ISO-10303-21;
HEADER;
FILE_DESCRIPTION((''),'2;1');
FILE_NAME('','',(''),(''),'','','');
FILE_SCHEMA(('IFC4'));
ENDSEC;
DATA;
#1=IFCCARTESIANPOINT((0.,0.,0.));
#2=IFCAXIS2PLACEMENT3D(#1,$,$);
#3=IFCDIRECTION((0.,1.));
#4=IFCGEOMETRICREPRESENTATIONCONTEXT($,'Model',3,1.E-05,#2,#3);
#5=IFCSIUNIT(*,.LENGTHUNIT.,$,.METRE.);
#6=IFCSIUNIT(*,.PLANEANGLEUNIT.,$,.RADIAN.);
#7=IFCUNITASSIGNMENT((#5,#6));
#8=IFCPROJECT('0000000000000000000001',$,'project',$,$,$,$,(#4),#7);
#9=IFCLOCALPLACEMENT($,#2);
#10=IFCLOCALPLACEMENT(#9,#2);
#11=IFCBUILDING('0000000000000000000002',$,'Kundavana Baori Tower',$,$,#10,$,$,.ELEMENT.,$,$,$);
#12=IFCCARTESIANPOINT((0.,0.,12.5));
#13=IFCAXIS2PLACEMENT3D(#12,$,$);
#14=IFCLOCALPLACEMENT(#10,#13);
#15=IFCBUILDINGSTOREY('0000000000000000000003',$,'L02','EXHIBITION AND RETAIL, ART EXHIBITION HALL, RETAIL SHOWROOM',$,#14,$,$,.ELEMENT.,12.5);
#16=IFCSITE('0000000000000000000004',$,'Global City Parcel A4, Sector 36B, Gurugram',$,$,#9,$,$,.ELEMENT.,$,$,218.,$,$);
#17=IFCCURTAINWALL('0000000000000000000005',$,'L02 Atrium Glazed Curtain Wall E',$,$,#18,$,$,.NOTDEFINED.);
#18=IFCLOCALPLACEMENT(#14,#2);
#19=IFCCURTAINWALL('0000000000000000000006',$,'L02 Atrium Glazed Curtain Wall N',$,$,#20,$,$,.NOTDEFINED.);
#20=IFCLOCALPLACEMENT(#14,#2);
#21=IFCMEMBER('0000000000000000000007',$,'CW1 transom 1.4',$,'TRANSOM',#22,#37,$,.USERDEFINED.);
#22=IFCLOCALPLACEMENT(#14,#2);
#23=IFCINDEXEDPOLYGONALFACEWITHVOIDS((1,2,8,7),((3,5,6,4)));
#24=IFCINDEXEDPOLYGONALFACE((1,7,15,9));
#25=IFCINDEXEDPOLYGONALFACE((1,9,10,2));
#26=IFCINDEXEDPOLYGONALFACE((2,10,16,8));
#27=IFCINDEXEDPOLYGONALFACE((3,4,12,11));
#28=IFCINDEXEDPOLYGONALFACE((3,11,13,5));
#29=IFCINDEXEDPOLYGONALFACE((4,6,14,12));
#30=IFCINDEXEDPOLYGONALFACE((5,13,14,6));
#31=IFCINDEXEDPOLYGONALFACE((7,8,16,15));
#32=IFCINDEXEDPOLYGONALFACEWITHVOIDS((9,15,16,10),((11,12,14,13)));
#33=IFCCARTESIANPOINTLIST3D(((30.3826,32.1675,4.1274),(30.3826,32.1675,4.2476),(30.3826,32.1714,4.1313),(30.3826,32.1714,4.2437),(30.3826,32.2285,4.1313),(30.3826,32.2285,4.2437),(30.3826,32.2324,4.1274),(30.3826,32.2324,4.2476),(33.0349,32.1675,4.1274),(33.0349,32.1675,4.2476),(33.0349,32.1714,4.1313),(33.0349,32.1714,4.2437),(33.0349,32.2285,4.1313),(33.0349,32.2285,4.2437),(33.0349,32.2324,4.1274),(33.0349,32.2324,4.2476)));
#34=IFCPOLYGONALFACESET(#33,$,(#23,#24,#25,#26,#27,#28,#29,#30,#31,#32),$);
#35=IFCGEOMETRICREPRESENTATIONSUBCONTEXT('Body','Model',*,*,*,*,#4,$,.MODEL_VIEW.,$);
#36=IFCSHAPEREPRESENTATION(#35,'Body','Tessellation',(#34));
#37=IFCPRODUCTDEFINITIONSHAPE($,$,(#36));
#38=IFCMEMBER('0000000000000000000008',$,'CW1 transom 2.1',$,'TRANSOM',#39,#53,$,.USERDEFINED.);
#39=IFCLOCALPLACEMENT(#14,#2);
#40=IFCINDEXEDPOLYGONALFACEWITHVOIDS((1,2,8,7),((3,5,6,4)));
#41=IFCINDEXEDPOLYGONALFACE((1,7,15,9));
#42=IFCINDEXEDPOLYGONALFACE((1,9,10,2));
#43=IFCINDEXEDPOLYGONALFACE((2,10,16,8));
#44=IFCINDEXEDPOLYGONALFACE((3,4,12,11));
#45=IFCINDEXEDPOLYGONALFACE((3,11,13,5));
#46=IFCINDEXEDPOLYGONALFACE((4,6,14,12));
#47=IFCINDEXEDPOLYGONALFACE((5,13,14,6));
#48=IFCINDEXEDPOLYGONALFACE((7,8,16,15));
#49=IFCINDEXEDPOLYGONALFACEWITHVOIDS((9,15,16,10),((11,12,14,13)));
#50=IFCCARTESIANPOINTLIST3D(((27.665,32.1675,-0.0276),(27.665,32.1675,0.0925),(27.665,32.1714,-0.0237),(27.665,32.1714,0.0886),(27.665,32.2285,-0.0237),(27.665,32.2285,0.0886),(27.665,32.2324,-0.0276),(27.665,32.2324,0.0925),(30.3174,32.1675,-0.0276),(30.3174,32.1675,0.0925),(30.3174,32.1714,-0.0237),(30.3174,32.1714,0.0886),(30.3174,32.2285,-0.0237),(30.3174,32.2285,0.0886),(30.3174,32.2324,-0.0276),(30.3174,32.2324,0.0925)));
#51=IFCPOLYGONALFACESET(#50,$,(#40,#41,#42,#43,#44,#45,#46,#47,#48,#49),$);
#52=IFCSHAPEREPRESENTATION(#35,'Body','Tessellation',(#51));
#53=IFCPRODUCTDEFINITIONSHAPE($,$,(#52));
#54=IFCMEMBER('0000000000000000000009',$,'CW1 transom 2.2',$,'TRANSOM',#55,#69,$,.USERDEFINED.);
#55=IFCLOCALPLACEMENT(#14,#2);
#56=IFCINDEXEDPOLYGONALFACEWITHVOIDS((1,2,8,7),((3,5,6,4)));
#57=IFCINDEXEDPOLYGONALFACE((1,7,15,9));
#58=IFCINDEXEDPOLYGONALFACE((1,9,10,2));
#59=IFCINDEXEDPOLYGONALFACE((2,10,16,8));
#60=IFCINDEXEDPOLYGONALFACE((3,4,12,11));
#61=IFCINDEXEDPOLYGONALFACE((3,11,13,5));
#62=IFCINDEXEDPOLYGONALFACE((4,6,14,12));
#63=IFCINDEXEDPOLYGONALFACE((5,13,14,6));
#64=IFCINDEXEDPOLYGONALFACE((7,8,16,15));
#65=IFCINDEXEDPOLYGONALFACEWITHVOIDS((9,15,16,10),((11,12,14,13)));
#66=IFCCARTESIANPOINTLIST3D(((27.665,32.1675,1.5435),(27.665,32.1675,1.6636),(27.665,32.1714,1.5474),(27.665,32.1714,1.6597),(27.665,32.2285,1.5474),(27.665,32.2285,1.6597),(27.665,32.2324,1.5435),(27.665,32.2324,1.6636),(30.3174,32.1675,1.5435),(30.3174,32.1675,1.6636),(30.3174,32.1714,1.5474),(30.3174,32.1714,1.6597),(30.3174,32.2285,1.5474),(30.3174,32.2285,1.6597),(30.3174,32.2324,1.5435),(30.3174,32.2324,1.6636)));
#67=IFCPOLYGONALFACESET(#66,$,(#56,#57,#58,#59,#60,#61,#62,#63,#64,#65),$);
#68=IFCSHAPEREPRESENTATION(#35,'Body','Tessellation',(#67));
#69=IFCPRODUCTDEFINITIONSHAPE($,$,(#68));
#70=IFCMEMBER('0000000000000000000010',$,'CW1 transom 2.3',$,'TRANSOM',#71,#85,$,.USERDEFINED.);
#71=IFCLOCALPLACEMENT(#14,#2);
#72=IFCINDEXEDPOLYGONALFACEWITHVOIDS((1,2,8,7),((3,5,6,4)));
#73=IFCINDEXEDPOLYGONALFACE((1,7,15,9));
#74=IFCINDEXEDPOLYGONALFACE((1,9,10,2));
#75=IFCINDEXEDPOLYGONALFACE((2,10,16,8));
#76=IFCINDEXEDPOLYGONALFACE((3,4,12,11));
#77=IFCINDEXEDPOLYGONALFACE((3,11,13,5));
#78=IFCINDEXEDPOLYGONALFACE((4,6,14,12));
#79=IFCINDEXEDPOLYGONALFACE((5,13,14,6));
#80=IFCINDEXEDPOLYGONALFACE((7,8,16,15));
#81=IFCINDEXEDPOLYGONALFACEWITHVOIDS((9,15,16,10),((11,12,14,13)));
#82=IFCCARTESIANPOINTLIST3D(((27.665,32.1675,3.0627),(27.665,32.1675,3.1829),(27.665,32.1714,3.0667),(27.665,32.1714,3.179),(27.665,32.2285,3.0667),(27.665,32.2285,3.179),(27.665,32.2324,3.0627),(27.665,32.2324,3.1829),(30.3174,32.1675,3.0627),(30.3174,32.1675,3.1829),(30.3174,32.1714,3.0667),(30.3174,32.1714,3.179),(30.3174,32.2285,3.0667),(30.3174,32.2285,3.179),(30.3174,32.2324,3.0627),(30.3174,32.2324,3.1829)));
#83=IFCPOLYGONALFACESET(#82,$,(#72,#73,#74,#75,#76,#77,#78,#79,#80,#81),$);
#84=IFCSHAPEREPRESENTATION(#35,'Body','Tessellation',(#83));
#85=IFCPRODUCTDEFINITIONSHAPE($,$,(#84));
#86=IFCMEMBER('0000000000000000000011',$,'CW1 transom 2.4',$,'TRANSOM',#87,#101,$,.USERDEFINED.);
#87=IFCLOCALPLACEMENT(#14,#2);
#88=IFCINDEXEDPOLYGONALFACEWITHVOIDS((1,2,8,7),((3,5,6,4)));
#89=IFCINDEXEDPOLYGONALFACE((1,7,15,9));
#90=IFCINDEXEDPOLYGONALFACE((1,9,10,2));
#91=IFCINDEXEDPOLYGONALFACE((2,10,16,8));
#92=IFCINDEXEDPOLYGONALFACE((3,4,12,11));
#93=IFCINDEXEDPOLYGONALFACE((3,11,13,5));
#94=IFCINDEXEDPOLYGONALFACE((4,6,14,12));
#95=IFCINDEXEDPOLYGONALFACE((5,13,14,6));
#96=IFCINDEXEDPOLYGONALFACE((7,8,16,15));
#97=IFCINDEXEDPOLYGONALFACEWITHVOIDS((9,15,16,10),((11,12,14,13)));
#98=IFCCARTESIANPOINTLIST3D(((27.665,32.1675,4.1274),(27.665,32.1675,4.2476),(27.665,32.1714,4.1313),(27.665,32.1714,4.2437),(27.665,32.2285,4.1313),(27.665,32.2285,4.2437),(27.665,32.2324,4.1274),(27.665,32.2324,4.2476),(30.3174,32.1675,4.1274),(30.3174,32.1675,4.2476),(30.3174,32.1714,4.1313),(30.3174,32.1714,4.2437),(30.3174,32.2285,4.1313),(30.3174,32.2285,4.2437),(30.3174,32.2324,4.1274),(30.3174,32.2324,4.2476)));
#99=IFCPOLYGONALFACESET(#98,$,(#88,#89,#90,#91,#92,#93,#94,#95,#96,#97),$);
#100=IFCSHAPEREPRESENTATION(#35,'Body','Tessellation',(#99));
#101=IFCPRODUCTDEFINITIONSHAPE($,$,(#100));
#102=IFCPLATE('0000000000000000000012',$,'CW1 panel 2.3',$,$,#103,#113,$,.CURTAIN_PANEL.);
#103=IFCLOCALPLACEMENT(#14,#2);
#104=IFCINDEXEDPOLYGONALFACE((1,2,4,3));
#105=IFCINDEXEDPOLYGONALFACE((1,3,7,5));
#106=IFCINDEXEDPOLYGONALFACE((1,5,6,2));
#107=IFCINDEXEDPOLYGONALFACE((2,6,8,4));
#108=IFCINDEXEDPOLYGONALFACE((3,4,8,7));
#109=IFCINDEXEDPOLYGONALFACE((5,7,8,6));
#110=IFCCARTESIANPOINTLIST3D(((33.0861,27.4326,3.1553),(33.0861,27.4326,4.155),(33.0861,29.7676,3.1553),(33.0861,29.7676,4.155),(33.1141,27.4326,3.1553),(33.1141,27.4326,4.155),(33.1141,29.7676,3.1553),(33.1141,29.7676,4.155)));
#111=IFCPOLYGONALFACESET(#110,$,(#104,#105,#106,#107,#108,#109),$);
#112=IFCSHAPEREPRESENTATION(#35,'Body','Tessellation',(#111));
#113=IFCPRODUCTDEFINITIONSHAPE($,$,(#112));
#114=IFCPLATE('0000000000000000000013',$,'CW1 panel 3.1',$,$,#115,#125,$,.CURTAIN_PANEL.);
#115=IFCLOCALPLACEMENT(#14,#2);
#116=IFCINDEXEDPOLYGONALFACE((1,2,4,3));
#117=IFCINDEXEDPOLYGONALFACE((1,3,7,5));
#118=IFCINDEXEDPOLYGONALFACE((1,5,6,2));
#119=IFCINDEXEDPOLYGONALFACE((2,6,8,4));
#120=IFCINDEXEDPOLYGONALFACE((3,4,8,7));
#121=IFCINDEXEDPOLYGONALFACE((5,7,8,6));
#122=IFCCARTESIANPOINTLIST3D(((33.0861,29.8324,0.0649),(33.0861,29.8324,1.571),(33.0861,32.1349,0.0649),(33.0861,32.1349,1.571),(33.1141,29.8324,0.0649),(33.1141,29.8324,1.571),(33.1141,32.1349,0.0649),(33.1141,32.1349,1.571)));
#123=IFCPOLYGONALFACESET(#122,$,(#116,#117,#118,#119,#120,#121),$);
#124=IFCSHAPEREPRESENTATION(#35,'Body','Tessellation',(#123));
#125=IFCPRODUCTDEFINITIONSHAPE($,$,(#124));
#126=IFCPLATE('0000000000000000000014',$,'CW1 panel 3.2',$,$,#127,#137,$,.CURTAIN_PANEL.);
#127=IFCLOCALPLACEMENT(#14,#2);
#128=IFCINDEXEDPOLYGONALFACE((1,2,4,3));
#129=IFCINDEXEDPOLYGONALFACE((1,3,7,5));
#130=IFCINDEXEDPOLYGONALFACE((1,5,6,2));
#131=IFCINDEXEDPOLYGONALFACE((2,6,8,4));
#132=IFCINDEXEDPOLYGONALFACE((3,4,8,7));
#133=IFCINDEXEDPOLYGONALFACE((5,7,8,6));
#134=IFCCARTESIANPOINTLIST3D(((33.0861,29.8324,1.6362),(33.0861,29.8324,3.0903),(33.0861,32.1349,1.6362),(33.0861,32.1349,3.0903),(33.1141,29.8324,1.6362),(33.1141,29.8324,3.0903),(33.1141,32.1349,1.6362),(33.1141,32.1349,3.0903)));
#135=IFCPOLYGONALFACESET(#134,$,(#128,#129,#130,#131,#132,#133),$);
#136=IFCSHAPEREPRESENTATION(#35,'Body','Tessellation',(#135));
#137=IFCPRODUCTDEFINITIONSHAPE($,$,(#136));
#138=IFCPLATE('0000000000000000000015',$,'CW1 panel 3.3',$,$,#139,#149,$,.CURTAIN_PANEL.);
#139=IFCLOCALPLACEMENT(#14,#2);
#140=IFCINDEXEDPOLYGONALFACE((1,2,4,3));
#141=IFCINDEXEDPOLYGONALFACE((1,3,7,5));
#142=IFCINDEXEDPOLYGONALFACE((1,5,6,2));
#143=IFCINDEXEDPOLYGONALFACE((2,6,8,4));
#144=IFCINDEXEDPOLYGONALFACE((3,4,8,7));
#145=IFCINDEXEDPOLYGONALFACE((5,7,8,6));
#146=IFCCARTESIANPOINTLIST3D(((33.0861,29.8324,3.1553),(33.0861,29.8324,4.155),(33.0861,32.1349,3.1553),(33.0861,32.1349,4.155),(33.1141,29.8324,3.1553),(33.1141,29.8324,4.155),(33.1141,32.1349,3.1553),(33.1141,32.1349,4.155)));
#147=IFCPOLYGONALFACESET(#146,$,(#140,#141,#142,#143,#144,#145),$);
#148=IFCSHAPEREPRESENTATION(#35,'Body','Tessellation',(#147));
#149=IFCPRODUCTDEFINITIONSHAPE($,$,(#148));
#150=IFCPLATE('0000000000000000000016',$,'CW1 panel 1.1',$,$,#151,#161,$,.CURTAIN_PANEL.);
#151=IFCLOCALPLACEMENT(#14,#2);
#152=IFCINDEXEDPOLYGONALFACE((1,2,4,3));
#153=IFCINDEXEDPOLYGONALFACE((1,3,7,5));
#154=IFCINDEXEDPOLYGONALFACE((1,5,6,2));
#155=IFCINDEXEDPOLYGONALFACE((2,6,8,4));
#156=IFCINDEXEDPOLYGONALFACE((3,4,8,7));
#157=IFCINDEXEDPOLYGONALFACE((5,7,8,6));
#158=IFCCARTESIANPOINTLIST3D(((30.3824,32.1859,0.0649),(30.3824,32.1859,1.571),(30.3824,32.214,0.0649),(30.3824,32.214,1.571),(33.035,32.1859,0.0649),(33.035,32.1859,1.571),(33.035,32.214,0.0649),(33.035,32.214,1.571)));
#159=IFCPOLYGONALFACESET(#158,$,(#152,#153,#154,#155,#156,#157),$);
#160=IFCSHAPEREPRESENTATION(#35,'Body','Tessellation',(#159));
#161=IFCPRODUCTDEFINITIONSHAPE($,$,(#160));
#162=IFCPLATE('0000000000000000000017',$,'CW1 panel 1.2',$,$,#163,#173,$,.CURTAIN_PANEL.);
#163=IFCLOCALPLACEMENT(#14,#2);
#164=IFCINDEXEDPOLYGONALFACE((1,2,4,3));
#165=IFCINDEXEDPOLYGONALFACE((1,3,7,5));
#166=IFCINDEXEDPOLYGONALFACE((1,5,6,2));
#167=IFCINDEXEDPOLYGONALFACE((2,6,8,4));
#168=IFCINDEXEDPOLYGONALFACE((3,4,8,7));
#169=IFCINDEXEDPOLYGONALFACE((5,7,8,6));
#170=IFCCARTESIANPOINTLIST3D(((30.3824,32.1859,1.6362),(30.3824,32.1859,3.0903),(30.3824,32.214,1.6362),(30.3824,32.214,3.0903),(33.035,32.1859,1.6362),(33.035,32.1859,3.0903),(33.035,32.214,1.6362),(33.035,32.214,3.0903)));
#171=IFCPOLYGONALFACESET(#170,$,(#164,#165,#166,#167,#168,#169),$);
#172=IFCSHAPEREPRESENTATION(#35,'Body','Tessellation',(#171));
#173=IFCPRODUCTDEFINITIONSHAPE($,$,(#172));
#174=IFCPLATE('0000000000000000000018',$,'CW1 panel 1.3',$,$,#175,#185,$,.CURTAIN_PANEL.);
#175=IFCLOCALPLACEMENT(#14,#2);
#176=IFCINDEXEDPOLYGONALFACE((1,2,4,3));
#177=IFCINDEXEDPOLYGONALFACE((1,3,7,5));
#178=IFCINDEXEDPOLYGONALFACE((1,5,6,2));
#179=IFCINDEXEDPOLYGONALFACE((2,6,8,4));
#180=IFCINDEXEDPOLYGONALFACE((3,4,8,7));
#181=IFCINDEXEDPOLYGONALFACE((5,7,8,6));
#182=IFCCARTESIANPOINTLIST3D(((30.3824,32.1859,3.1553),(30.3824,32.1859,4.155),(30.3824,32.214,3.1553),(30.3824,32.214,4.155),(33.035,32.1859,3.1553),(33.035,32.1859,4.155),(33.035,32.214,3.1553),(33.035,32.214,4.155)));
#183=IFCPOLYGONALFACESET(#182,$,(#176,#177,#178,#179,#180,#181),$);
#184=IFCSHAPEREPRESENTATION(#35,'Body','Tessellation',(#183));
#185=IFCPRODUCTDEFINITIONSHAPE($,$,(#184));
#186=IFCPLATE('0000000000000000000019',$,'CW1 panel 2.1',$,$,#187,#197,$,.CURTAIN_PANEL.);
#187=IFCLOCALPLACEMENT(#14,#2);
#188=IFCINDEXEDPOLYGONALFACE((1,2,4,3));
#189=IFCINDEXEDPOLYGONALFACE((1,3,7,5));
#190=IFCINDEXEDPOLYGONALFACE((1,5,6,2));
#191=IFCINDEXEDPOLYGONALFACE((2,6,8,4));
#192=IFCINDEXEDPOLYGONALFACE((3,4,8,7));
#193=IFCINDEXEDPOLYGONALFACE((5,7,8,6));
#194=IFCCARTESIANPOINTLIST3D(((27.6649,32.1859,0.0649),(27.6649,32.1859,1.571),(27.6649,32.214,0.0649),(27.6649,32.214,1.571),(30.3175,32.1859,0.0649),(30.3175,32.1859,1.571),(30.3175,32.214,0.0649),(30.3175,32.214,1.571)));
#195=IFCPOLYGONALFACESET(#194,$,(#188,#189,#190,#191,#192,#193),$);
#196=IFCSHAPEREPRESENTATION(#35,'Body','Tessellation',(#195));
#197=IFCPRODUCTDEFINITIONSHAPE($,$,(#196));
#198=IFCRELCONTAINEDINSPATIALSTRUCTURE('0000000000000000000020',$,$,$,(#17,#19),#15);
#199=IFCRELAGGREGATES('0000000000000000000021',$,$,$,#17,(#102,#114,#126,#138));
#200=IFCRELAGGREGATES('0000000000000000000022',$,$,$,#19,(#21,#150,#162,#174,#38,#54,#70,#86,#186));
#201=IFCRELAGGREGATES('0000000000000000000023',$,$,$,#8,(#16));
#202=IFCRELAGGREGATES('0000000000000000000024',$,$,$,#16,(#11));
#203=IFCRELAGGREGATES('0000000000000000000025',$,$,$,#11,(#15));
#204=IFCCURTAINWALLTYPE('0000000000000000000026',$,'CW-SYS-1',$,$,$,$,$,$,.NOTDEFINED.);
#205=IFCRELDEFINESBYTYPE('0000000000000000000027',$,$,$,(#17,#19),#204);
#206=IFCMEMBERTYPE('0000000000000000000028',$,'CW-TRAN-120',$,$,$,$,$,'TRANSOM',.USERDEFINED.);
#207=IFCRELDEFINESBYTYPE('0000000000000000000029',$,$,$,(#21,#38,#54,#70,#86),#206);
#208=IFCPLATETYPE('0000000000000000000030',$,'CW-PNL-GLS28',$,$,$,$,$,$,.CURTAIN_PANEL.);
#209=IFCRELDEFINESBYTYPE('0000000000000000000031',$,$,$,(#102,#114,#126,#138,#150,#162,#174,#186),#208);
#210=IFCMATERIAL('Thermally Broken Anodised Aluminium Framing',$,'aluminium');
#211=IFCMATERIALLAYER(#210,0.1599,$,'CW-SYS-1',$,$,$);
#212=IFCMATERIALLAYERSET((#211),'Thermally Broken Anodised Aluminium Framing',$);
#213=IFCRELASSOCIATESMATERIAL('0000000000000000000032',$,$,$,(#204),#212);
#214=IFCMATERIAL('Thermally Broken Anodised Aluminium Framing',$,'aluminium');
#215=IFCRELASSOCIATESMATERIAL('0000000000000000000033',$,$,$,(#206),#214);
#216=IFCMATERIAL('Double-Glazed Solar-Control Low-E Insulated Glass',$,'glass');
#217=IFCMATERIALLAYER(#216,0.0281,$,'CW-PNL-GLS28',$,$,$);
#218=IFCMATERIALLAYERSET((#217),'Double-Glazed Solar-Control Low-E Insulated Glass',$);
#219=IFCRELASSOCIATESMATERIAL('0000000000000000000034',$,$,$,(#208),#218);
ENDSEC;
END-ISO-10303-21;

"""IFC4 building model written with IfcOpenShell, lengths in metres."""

from ifc_helpers import new_model, si_unit, direction, frame, origin, origin_2d, place, context, subcontext, project, spatial, rectangle, hollow_rectangle, extrude, material, layer, layer_set, material_profile, profile_set, type_object, element, aggregate, save


model = new_model("IFC4")

# Units and contexts
model_context = context("Model", 3, precision=1e-05, world=origin(), true_north=direction((0.0, 1.0)))
body_context = subcontext(model_context, "Body", "Model", "MODEL_VIEW")
ifc_project = project(units=[si_unit("LENGTHUNIT", "METRE"), si_unit("PLANEANGLEUNIT", "RADIAN")], contexts=[model_context])

# Site, building, storey
site_placement = place(None, origin())
site = spatial("IfcSite", under=ifc_project, at=site_placement, Name="Global City Parcel A4, Sector 36B, Gurugram", CompositionType="ELEMENT", RefElevation=218.0)
building_placement = place(site_placement, origin())
building = spatial("IfcBuilding", under=site, at=building_placement, Name="Kundavana Baori Tower", CompositionType="ELEMENT")
storey_placement = place(building_placement, frame((0.0, 0.0, 12.5)))
storey = spatial("IfcBuildingStorey", under=building, at=storey_placement, Name="L02", Description="EXHIBITION AND RETAIL, ART EXHIBITION HALL, RETAIL SHOWROOM", CompositionType="ELEMENT", Elevation=12.5)

# Curtain walls
ifc_material_1 = material(Name="Thermally Broken Anodised Aluminium Framing", Category="aluminium")
ifc_layer_1 = layer(ifc_material_1, 0.1599, Name="CW-SYS-1")
ifc_layer_set_1 = layer_set([ifc_layer_1], Name="Thermally Broken Anodised Aluminium Framing")
curtain_wall_type = type_object("IfcCurtainWallType", Name="CW-SYS-1", PredefinedType="NOTDEFINED", material=ifc_layer_set_1)
curtain_wall_1_placement = place(storey_placement, origin())
curtain_wall_1 = element("IfcCurtainWall", 1, at=curtain_wall_1_placement, inside=storey, type_object=curtain_wall_type, Name="L02 Atrium Glazed Curtain Wall E", PredefinedType="NOTDEFINED")
curtain_wall_2_placement = place(storey_placement, origin())
curtain_wall_2 = element("IfcCurtainWall", 2, at=curtain_wall_2_placement, inside=storey, type_object=curtain_wall_type, Name="L02 Atrium Glazed Curtain Wall N", PredefinedType="NOTDEFINED")

# Members
ifc_material_2 = material(Name="Thermally Broken Anodised Aluminium Framing", Category="aluminium")
ifc_material_profile_1 = material_profile(ifc_material_2, hollow_rectangle(XDim=0.0649, YDim=0.1201, WallThickness=0.0039, at=origin_2d()), Name="CW-TRAN-120")
ifc_profile_set_1 = profile_set([ifc_material_profile_1], Name="Thermally Broken Anodised Aluminium Framing")
member_type_1 = type_object("IfcMemberType", Name="CW-TRAN-120", ElementType="TRANSOM", PredefinedType="USERDEFINED", material=ifc_profile_set_1)
member_1_placement = place(storey_placement, frame((33.0349, 32.2, 4.1875), z_axis=(-1.0, 0.0, 0.0), x_axis=(0.0, -1.0, 0.0)))
member_1 = element("IfcMember", 3, at=member_1_placement, type_object=member_type_1, Name="CW1 transom 1.4", ObjectType="TRANSOM", PredefinedType="USERDEFINED", context=body_context, shape_type="SweptSolid", body=[
    extrude(hollow_rectangle(XDim=0.0649, YDim=0.1201, WallThickness=0.0039, at=origin_2d()), origin(), (0.0, 0.0, 1.0), 2.6523),
])
member_2_placement = place(storey_placement, frame((30.3174, 32.2, 0.0325), z_axis=(-1.0, 0.0, 0.0), x_axis=(0.0, -1.0, 0.0)))
member_2 = element("IfcMember", 4, at=member_2_placement, type_object=member_type_1, Name="CW1 transom 2.1", ObjectType="TRANSOM", PredefinedType="USERDEFINED", context=body_context, shape_type="SweptSolid", body=[
    extrude(hollow_rectangle(XDim=0.0649, YDim=0.1201, WallThickness=0.0039, at=origin_2d()), origin(), (0.0, 0.0, 1.0), 2.6523),
])
member_3_placement = place(storey_placement, frame((30.3174, 32.2, 1.6035), z_axis=(-1.0, 0.0, 0.0), x_axis=(0.0, -1.0, 0.0)))
member_3 = element("IfcMember", 5, at=member_3_placement, type_object=member_type_1, Name="CW1 transom 2.2", ObjectType="TRANSOM", PredefinedType="USERDEFINED", context=body_context, shape_type="SweptSolid", body=[
    extrude(hollow_rectangle(XDim=0.0649, YDim=0.1201, WallThickness=0.0039, at=origin_2d()), origin(), (0.0, 0.0, 1.0), 2.6523),
])
member_4_placement = place(storey_placement, frame((30.3174, 32.2, 3.1228), z_axis=(-1.0, 0.0, 0.0), x_axis=(0.0, -1.0, 0.0)))
member_4 = element("IfcMember", 6, at=member_4_placement, type_object=member_type_1, Name="CW1 transom 2.3", ObjectType="TRANSOM", PredefinedType="USERDEFINED", context=body_context, shape_type="SweptSolid", body=[
    extrude(hollow_rectangle(XDim=0.0649, YDim=0.1201, WallThickness=0.0039, at=origin_2d()), origin(), (0.0, 0.0, 1.0), 2.6523),
])
member_5_placement = place(storey_placement, frame((30.3174, 32.2, 4.1875), z_axis=(-1.0, 0.0, 0.0), x_axis=(0.0, -1.0, 0.0)))
member_5 = element("IfcMember", 7, at=member_5_placement, type_object=member_type_1, Name="CW1 transom 2.4", ObjectType="TRANSOM", PredefinedType="USERDEFINED", context=body_context, shape_type="SweptSolid", body=[
    extrude(hollow_rectangle(XDim=0.0649, YDim=0.1201, WallThickness=0.0039, at=origin_2d()), origin(), (0.0, 0.0, 1.0), 2.6523),
])

# Plates
ifc_material_3 = material(Name="Double-Glazed Solar-Control Low-E Insulated Glass", Category="glass")
ifc_layer_2 = layer(ifc_material_3, 0.0281, Name="CW-PNL-GLS28")
ifc_layer_set_2 = layer_set([ifc_layer_2], Name="Double-Glazed Solar-Control Low-E Insulated Glass")
plate_type = type_object("IfcPlateType", Name="CW-PNL-GLS28", PredefinedType="CURTAIN_PANEL", material=ifc_layer_set_2)
plate_1_placement = place(storey_placement, frame((33.1001, 28.6001, 3.1553), z_axis=(0.0, 0.0, 1.0), x_axis=(0.0, 1.0, 0.0)))
plate_1 = element("IfcPlate", 8, at=plate_1_placement, type_object=plate_type, Name="CW1 panel 2.3", PredefinedType="CURTAIN_PANEL", context=body_context, shape_type="SweptSolid", body=[
    extrude(rectangle(XDim=2.335, YDim=0.0281, at=origin_2d()), origin(), (0.0, 0.0, 1.0), 0.9998),
])
plate_2_placement = place(storey_placement, frame((33.1001, 30.9836, 0.0649), z_axis=(0.0, 0.0, 1.0), x_axis=(0.0, 1.0, 0.0)))
plate_2 = element("IfcPlate", 9, at=plate_2_placement, type_object=plate_type, Name="CW1 panel 3.1", PredefinedType="CURTAIN_PANEL", context=body_context, shape_type="SweptSolid", body=[
    extrude(rectangle(XDim=2.3025, YDim=0.0281, at=origin_2d()), origin(), (0.0, 0.0, 1.0), 1.5061),
])
plate_3_placement = place(storey_placement, frame((33.1001, 30.9836, 1.6362), z_axis=(0.0, 0.0, 1.0), x_axis=(0.0, 1.0, 0.0)))
plate_3 = element("IfcPlate", 10, at=plate_3_placement, type_object=plate_type, Name="CW1 panel 3.2", PredefinedType="CURTAIN_PANEL", context=body_context, shape_type="SweptSolid", body=[
    extrude(rectangle(XDim=2.3025, YDim=0.0281, at=origin_2d()), origin(), (0.0, 0.0, 1.0), 1.4541),
])
plate_4_placement = place(storey_placement, frame((33.1001, 30.9836, 3.1553), z_axis=(0.0, 0.0, 1.0), x_axis=(0.0, 1.0, 0.0)))
plate_4 = element("IfcPlate", 11, at=plate_4_placement, type_object=plate_type, Name="CW1 panel 3.3", PredefinedType="CURTAIN_PANEL", context=body_context, shape_type="SweptSolid", body=[
    extrude(rectangle(XDim=2.3025, YDim=0.0281, at=origin_2d()), origin(), (0.0, 0.0, 1.0), 0.9998),
])
aggregate(curtain_wall_1, [plate_1, plate_2, plate_3, plate_4])
plate_5_placement = place(storey_placement, frame((31.7087, 32.2, 0.0649), z_axis=(0.0, 0.0, 1.0), x_axis=(-1.0, 0.0, 0.0)))
plate_5 = element("IfcPlate", 12, at=plate_5_placement, type_object=plate_type, Name="CW1 panel 1.1", PredefinedType="CURTAIN_PANEL", context=body_context, shape_type="SweptSolid", body=[
    extrude(rectangle(XDim=2.6526, YDim=0.0281, at=origin_2d()), origin(), (0.0, 0.0, 1.0), 1.5061),
])
plate_6_placement = place(storey_placement, frame((31.7087, 32.2, 1.6362), z_axis=(0.0, 0.0, 1.0), x_axis=(-1.0, 0.0, 0.0)))
plate_6 = element("IfcPlate", 13, at=plate_6_placement, type_object=plate_type, Name="CW1 panel 1.2", PredefinedType="CURTAIN_PANEL", context=body_context, shape_type="SweptSolid", body=[
    extrude(rectangle(XDim=2.6526, YDim=0.0281, at=origin_2d()), origin(), (0.0, 0.0, 1.0), 1.4541),
])
plate_7_placement = place(storey_placement, frame((31.7087, 32.2, 3.1553), z_axis=(0.0, 0.0, 1.0), x_axis=(-1.0, 0.0, 0.0)))
plate_7 = element("IfcPlate", 14, at=plate_7_placement, type_object=plate_type, Name="CW1 panel 1.3", PredefinedType="CURTAIN_PANEL", context=body_context, shape_type="SweptSolid", body=[
    extrude(rectangle(XDim=2.6526, YDim=0.0281, at=origin_2d()), origin(), (0.0, 0.0, 1.0), 0.9998),
])
plate_8_placement = place(storey_placement, frame((28.9912, 32.2, 0.0649), z_axis=(0.0, 0.0, 1.0), x_axis=(-1.0, 0.0, 0.0)))
plate_8 = element("IfcPlate", 15, at=plate_8_placement, type_object=plate_type, Name="CW1 panel 2.1", PredefinedType="CURTAIN_PANEL", context=body_context, shape_type="SweptSolid", body=[
    extrude(rectangle(XDim=2.6526, YDim=0.0281, at=origin_2d()), origin(), (0.0, 0.0, 1.0), 1.5061),
])
aggregate(curtain_wall_2, [member_1, plate_5, plate_6, plate_7, member_2, member_3, member_4, member_5, plate_8])

save(model, "model.ifc")
